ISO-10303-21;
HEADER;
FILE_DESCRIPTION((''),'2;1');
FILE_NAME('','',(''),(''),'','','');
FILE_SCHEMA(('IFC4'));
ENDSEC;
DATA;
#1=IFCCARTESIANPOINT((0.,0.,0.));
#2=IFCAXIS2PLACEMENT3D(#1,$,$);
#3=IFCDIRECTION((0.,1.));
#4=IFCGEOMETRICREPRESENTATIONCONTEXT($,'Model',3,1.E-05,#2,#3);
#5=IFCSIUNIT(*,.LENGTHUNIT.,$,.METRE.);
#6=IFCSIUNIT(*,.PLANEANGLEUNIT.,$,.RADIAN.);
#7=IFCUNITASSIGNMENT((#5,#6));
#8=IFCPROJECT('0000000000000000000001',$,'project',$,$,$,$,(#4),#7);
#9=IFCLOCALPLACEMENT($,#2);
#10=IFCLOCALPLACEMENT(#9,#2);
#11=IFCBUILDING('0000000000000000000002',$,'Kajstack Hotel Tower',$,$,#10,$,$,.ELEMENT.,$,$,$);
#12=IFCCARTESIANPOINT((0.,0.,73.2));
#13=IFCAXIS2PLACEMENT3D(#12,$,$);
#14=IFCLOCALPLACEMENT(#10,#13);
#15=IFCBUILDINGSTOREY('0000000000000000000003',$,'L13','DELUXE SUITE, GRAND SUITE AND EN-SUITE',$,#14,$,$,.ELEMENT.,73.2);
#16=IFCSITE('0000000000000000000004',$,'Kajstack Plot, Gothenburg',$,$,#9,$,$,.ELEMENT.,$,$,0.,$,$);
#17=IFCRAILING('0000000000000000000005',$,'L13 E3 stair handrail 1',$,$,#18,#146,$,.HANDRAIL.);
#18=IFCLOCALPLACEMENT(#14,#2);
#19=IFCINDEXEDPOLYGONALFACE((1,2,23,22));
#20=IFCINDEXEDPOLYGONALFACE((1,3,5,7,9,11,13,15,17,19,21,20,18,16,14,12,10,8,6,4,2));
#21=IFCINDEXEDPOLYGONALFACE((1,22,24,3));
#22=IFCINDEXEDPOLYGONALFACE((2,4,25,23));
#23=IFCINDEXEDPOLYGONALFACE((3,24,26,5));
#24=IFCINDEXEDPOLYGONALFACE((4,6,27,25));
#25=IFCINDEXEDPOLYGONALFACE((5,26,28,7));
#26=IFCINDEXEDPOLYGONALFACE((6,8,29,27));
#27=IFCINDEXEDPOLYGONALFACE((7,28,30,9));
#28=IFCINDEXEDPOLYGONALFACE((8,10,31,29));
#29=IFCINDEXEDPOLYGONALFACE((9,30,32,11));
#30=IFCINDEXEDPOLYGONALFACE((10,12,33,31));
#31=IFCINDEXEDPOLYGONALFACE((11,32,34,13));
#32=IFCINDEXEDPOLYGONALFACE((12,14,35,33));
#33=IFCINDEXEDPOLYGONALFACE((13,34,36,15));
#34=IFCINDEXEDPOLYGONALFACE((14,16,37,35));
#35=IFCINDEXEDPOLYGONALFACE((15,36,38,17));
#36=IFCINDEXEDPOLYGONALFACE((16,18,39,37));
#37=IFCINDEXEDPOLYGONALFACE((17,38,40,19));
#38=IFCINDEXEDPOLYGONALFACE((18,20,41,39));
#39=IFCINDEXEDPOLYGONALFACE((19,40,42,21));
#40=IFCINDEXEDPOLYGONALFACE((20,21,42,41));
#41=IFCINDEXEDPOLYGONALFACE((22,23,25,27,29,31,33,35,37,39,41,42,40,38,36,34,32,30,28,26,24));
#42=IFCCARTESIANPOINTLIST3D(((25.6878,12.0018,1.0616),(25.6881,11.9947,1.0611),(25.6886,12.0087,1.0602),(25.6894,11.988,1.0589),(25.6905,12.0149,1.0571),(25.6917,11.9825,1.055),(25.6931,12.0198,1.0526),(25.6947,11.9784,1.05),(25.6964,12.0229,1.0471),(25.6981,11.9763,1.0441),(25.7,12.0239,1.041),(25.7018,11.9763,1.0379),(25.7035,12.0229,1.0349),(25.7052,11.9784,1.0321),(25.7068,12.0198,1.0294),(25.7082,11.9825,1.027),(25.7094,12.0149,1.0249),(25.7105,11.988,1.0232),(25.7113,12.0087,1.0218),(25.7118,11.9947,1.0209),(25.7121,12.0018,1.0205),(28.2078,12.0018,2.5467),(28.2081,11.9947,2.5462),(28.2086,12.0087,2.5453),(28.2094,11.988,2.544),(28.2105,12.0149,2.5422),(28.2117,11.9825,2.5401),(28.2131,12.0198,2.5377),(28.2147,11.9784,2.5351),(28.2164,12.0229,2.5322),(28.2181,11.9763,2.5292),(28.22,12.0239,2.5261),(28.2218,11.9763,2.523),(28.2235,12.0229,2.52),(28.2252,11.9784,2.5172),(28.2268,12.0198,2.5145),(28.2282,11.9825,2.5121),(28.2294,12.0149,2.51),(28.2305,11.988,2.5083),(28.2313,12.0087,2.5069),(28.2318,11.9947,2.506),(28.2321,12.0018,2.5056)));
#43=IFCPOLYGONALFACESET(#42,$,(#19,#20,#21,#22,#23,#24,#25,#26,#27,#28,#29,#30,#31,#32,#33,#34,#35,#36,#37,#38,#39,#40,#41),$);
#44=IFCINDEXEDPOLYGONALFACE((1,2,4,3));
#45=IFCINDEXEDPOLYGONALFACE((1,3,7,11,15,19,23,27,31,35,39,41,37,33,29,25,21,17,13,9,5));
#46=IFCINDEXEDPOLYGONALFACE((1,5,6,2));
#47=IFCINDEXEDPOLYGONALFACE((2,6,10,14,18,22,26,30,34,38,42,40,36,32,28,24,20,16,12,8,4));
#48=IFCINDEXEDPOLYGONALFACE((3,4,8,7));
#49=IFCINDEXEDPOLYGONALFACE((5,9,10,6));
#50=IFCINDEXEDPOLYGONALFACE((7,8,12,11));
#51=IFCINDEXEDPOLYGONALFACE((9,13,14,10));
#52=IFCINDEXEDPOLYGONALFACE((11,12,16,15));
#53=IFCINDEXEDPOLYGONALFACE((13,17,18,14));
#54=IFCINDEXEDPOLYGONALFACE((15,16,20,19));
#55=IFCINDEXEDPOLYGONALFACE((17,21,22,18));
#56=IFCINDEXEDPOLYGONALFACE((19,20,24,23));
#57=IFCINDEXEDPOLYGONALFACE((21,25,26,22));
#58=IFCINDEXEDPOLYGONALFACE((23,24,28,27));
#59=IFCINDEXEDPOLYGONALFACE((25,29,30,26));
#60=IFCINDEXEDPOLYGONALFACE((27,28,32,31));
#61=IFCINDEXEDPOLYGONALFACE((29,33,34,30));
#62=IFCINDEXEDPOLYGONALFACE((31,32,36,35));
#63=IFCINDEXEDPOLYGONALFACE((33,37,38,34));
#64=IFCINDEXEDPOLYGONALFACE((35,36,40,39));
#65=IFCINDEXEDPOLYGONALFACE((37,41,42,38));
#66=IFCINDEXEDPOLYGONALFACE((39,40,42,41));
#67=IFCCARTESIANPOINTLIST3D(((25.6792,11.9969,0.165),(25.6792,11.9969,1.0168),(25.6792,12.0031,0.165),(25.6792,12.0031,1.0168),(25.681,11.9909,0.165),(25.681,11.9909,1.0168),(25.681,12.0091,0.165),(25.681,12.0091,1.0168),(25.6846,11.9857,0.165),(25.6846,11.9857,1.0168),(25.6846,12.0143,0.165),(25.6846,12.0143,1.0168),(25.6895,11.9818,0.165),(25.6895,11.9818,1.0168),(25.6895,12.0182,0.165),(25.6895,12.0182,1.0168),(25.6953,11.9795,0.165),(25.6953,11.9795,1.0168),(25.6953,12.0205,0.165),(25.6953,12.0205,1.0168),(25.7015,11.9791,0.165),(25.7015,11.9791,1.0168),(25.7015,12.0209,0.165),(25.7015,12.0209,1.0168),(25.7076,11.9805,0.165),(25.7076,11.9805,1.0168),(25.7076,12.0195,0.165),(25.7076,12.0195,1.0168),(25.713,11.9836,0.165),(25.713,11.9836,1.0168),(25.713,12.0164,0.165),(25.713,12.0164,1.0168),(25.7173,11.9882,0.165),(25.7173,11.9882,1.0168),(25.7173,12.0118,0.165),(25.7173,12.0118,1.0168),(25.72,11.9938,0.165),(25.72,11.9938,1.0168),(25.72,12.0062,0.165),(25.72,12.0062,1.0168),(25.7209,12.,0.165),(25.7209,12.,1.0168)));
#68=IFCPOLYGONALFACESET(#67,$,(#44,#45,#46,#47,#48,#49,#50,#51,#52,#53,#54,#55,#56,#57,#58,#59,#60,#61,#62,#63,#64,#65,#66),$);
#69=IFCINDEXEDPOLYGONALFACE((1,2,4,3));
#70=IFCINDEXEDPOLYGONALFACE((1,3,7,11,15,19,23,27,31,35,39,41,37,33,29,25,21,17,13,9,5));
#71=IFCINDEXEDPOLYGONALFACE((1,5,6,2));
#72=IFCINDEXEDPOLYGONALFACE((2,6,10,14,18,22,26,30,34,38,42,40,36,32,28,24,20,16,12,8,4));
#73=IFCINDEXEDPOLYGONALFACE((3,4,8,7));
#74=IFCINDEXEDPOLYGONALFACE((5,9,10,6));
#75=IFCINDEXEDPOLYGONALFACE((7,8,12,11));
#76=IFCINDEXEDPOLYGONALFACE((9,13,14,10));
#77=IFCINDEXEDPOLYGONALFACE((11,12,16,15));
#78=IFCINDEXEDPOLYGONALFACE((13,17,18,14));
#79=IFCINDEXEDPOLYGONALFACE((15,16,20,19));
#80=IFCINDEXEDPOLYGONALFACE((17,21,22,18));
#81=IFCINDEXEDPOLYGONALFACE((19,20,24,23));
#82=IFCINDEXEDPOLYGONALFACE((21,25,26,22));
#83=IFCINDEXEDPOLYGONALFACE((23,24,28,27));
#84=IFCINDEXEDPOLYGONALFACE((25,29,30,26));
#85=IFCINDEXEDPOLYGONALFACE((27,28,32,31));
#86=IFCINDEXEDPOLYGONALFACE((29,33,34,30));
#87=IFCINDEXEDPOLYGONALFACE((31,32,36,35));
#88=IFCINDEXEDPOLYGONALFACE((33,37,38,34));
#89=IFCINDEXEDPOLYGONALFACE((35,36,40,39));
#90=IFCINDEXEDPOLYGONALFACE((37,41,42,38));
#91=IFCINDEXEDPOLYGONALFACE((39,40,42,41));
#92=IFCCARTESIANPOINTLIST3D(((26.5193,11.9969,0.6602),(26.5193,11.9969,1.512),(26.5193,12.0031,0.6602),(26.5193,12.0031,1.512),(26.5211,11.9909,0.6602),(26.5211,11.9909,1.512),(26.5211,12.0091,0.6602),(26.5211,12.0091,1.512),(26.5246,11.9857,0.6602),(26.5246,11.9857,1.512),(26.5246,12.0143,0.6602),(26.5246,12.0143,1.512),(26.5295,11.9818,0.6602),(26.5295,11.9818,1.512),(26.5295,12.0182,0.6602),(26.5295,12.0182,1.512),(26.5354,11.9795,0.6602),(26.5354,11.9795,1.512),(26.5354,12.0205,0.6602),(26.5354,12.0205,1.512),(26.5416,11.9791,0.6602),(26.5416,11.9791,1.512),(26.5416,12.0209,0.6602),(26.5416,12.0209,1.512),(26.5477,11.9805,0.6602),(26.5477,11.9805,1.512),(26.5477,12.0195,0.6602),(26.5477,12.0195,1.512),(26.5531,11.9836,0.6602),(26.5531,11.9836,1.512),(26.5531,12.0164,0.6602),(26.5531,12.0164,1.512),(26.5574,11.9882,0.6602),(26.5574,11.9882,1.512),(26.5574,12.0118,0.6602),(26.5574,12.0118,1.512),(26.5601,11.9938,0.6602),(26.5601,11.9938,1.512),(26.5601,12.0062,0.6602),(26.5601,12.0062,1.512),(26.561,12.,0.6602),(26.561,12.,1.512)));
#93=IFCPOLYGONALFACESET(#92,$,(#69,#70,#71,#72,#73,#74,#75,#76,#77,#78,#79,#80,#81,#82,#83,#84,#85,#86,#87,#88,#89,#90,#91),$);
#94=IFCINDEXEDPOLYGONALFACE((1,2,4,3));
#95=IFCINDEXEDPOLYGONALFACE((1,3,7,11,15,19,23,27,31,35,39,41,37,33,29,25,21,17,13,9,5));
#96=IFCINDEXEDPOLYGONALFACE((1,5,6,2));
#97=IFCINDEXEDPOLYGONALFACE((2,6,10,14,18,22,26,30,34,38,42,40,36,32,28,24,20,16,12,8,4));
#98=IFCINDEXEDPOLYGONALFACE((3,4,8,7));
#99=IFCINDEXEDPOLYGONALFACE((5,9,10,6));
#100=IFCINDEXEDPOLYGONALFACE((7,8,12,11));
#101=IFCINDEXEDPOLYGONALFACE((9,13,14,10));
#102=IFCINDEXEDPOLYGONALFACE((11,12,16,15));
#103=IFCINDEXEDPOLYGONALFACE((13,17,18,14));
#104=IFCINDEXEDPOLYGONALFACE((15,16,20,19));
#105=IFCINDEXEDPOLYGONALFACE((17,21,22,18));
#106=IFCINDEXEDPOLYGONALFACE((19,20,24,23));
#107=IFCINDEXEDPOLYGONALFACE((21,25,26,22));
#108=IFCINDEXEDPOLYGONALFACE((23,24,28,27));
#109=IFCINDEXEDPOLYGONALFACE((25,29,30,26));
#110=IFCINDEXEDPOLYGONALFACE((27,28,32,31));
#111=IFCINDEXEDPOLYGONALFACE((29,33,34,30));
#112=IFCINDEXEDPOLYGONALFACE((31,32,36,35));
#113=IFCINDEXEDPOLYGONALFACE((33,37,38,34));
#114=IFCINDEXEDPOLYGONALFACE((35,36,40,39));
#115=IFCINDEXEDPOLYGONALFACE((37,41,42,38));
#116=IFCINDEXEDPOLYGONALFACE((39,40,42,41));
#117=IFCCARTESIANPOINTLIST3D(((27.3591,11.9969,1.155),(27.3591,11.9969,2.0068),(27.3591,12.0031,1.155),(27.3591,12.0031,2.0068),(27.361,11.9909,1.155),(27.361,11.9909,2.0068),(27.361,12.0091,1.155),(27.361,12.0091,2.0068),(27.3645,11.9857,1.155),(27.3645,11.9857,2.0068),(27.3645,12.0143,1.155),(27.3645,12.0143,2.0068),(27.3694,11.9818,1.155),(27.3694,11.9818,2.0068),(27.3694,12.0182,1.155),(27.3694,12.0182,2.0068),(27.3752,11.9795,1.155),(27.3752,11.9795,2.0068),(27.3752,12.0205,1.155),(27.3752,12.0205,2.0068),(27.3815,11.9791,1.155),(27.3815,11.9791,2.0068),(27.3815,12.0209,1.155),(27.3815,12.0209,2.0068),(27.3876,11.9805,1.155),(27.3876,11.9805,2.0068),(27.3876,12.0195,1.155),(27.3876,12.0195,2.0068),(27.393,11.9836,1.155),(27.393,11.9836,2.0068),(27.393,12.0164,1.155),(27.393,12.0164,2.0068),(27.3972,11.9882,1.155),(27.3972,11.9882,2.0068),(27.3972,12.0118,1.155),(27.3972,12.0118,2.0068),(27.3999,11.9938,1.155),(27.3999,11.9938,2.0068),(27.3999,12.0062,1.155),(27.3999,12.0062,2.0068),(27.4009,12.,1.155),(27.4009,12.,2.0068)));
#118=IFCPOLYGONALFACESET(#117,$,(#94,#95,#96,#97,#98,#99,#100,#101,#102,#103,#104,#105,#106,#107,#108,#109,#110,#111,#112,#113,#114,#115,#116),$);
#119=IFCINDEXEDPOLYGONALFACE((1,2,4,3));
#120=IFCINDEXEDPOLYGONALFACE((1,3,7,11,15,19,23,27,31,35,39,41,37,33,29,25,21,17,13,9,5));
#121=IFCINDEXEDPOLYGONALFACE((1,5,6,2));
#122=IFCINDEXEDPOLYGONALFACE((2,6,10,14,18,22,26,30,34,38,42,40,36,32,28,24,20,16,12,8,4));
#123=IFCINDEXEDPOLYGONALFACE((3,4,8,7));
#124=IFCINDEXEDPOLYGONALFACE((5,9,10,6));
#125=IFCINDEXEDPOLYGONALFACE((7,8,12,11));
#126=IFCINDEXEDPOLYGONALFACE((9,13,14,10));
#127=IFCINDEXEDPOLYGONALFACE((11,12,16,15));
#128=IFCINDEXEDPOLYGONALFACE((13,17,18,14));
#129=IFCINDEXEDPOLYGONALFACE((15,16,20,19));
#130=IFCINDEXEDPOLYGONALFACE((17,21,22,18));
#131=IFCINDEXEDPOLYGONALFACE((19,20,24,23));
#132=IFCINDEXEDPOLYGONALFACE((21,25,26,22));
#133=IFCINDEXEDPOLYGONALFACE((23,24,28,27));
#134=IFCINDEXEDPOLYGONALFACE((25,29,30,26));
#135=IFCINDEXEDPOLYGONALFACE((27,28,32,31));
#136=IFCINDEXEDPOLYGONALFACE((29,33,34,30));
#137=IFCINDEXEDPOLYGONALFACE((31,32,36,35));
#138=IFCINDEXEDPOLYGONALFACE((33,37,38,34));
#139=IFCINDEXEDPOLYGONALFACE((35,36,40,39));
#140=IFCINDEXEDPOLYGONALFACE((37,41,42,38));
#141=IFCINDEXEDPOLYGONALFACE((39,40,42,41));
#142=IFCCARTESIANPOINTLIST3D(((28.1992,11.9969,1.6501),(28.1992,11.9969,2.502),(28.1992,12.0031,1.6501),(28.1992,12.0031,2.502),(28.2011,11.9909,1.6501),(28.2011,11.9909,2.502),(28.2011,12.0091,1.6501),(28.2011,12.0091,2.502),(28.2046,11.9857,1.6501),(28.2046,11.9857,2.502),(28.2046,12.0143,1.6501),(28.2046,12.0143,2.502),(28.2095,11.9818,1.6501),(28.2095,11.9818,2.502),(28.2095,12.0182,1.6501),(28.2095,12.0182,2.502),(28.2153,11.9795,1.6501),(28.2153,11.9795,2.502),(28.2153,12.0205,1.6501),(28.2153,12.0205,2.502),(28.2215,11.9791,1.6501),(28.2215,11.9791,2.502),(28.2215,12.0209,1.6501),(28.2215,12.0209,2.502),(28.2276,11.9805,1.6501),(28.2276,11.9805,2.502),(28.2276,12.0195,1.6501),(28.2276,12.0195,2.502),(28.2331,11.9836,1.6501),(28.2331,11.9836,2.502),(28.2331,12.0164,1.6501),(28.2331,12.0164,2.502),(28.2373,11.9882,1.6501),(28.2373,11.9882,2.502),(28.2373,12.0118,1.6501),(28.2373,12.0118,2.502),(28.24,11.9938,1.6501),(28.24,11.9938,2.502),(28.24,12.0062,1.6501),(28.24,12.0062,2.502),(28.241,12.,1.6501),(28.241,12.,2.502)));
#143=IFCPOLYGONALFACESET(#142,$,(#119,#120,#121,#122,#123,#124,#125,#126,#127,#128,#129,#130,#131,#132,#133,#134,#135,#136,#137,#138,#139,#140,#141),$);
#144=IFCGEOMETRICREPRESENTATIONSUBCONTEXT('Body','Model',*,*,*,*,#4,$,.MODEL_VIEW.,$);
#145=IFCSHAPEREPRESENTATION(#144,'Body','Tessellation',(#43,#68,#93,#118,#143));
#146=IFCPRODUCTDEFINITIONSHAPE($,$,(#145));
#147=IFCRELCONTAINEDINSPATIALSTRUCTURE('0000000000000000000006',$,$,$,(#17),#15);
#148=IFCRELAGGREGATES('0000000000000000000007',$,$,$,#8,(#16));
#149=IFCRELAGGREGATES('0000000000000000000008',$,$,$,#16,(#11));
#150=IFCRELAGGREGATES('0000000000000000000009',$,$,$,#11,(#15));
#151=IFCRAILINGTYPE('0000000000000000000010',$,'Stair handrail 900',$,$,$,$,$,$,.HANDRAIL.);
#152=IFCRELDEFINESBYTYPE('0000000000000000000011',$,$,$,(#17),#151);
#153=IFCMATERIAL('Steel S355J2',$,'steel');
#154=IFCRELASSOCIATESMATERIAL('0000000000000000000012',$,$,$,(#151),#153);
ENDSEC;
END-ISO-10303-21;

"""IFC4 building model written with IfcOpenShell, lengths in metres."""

from ifc_helpers import new_model, si_unit, direction, frame, origin, origin_2d, place, context, subcontext, project, spatial, circle, extrude, material, type_object, element, save


model = new_model("IFC4")

# Units and contexts
model_context = context("Model", 3, precision=1e-05, world=origin(), true_north=direction((0.0, 1.0)))
body_context = subcontext(model_context, "Body", "Model", "MODEL_VIEW")
ifc_project = project(units=[si_unit("LENGTHUNIT", "METRE"), si_unit("PLANEANGLEUNIT", "RADIAN")], contexts=[model_context])

# Site, building, storey
site_placement = place(None, origin())
site = spatial("IfcSite", under=ifc_project, at=site_placement, Name="Kajstack Plot, Gothenburg", CompositionType="ELEMENT", RefElevation=0.0)
building_placement = place(site_placement, origin())
building = spatial("IfcBuilding", under=site, at=building_placement, Name="Kajstack Hotel Tower", CompositionType="ELEMENT")
storey_placement = place(building_placement, frame((0.0, 0.0, 73.2)))
storey = spatial("IfcBuildingStorey", under=building, at=storey_placement, Name="L13", Description="DELUXE SUITE, GRAND SUITE AND EN-SUITE", CompositionType="ELEMENT", Elevation=73.2)

# Railing
ifc_material_1 = material(Name="Steel S355J2", Category="steel")
railing_type_1 = type_object("IfcRailingType", Name="Stair handrail 900", PredefinedType="HANDRAIL", material=ifc_material_1)
railing_1_placement = place(storey_placement, frame((25.7, 12.0, 0.165)))
element("IfcRailing", 1, at=railing_1_placement, inside=storey, type_object=railing_type_1, Name="L13 E3 stair handrail 1", PredefinedType="HANDRAIL", context=body_context, shape_type="SweptSolid", body=[
    extrude(circle(Radius=0.0239, at=origin_2d()), frame((0.0, 0.0, 0.876), z_axis=(0.861524, 0.0, 0.507717), x_axis=(0.0, 1.0, 0.0)), (0.0, 0.0, 1.0), 2.925),
    extrude(circle(Radius=0.021, at=origin_2d()), origin(), (0.0, 0.0, 1.0), 0.8518),
    extrude(circle(Radius=0.021, at=origin_2d()), frame((0.8401, 0.0, 0.4951)), (0.0, 0.0, 1.0), 0.8518),
    extrude(circle(Radius=0.021, at=origin_2d()), frame((1.6799, 0.0, 0.99)), (0.0, 0.0, 1.0), 0.8518),
    extrude(circle(Radius=0.021, at=origin_2d()), frame((2.52, 0.0, 1.4851)), (0.0, 0.0, 1.0), 0.8518),
])

save(model, "model.ifc")
